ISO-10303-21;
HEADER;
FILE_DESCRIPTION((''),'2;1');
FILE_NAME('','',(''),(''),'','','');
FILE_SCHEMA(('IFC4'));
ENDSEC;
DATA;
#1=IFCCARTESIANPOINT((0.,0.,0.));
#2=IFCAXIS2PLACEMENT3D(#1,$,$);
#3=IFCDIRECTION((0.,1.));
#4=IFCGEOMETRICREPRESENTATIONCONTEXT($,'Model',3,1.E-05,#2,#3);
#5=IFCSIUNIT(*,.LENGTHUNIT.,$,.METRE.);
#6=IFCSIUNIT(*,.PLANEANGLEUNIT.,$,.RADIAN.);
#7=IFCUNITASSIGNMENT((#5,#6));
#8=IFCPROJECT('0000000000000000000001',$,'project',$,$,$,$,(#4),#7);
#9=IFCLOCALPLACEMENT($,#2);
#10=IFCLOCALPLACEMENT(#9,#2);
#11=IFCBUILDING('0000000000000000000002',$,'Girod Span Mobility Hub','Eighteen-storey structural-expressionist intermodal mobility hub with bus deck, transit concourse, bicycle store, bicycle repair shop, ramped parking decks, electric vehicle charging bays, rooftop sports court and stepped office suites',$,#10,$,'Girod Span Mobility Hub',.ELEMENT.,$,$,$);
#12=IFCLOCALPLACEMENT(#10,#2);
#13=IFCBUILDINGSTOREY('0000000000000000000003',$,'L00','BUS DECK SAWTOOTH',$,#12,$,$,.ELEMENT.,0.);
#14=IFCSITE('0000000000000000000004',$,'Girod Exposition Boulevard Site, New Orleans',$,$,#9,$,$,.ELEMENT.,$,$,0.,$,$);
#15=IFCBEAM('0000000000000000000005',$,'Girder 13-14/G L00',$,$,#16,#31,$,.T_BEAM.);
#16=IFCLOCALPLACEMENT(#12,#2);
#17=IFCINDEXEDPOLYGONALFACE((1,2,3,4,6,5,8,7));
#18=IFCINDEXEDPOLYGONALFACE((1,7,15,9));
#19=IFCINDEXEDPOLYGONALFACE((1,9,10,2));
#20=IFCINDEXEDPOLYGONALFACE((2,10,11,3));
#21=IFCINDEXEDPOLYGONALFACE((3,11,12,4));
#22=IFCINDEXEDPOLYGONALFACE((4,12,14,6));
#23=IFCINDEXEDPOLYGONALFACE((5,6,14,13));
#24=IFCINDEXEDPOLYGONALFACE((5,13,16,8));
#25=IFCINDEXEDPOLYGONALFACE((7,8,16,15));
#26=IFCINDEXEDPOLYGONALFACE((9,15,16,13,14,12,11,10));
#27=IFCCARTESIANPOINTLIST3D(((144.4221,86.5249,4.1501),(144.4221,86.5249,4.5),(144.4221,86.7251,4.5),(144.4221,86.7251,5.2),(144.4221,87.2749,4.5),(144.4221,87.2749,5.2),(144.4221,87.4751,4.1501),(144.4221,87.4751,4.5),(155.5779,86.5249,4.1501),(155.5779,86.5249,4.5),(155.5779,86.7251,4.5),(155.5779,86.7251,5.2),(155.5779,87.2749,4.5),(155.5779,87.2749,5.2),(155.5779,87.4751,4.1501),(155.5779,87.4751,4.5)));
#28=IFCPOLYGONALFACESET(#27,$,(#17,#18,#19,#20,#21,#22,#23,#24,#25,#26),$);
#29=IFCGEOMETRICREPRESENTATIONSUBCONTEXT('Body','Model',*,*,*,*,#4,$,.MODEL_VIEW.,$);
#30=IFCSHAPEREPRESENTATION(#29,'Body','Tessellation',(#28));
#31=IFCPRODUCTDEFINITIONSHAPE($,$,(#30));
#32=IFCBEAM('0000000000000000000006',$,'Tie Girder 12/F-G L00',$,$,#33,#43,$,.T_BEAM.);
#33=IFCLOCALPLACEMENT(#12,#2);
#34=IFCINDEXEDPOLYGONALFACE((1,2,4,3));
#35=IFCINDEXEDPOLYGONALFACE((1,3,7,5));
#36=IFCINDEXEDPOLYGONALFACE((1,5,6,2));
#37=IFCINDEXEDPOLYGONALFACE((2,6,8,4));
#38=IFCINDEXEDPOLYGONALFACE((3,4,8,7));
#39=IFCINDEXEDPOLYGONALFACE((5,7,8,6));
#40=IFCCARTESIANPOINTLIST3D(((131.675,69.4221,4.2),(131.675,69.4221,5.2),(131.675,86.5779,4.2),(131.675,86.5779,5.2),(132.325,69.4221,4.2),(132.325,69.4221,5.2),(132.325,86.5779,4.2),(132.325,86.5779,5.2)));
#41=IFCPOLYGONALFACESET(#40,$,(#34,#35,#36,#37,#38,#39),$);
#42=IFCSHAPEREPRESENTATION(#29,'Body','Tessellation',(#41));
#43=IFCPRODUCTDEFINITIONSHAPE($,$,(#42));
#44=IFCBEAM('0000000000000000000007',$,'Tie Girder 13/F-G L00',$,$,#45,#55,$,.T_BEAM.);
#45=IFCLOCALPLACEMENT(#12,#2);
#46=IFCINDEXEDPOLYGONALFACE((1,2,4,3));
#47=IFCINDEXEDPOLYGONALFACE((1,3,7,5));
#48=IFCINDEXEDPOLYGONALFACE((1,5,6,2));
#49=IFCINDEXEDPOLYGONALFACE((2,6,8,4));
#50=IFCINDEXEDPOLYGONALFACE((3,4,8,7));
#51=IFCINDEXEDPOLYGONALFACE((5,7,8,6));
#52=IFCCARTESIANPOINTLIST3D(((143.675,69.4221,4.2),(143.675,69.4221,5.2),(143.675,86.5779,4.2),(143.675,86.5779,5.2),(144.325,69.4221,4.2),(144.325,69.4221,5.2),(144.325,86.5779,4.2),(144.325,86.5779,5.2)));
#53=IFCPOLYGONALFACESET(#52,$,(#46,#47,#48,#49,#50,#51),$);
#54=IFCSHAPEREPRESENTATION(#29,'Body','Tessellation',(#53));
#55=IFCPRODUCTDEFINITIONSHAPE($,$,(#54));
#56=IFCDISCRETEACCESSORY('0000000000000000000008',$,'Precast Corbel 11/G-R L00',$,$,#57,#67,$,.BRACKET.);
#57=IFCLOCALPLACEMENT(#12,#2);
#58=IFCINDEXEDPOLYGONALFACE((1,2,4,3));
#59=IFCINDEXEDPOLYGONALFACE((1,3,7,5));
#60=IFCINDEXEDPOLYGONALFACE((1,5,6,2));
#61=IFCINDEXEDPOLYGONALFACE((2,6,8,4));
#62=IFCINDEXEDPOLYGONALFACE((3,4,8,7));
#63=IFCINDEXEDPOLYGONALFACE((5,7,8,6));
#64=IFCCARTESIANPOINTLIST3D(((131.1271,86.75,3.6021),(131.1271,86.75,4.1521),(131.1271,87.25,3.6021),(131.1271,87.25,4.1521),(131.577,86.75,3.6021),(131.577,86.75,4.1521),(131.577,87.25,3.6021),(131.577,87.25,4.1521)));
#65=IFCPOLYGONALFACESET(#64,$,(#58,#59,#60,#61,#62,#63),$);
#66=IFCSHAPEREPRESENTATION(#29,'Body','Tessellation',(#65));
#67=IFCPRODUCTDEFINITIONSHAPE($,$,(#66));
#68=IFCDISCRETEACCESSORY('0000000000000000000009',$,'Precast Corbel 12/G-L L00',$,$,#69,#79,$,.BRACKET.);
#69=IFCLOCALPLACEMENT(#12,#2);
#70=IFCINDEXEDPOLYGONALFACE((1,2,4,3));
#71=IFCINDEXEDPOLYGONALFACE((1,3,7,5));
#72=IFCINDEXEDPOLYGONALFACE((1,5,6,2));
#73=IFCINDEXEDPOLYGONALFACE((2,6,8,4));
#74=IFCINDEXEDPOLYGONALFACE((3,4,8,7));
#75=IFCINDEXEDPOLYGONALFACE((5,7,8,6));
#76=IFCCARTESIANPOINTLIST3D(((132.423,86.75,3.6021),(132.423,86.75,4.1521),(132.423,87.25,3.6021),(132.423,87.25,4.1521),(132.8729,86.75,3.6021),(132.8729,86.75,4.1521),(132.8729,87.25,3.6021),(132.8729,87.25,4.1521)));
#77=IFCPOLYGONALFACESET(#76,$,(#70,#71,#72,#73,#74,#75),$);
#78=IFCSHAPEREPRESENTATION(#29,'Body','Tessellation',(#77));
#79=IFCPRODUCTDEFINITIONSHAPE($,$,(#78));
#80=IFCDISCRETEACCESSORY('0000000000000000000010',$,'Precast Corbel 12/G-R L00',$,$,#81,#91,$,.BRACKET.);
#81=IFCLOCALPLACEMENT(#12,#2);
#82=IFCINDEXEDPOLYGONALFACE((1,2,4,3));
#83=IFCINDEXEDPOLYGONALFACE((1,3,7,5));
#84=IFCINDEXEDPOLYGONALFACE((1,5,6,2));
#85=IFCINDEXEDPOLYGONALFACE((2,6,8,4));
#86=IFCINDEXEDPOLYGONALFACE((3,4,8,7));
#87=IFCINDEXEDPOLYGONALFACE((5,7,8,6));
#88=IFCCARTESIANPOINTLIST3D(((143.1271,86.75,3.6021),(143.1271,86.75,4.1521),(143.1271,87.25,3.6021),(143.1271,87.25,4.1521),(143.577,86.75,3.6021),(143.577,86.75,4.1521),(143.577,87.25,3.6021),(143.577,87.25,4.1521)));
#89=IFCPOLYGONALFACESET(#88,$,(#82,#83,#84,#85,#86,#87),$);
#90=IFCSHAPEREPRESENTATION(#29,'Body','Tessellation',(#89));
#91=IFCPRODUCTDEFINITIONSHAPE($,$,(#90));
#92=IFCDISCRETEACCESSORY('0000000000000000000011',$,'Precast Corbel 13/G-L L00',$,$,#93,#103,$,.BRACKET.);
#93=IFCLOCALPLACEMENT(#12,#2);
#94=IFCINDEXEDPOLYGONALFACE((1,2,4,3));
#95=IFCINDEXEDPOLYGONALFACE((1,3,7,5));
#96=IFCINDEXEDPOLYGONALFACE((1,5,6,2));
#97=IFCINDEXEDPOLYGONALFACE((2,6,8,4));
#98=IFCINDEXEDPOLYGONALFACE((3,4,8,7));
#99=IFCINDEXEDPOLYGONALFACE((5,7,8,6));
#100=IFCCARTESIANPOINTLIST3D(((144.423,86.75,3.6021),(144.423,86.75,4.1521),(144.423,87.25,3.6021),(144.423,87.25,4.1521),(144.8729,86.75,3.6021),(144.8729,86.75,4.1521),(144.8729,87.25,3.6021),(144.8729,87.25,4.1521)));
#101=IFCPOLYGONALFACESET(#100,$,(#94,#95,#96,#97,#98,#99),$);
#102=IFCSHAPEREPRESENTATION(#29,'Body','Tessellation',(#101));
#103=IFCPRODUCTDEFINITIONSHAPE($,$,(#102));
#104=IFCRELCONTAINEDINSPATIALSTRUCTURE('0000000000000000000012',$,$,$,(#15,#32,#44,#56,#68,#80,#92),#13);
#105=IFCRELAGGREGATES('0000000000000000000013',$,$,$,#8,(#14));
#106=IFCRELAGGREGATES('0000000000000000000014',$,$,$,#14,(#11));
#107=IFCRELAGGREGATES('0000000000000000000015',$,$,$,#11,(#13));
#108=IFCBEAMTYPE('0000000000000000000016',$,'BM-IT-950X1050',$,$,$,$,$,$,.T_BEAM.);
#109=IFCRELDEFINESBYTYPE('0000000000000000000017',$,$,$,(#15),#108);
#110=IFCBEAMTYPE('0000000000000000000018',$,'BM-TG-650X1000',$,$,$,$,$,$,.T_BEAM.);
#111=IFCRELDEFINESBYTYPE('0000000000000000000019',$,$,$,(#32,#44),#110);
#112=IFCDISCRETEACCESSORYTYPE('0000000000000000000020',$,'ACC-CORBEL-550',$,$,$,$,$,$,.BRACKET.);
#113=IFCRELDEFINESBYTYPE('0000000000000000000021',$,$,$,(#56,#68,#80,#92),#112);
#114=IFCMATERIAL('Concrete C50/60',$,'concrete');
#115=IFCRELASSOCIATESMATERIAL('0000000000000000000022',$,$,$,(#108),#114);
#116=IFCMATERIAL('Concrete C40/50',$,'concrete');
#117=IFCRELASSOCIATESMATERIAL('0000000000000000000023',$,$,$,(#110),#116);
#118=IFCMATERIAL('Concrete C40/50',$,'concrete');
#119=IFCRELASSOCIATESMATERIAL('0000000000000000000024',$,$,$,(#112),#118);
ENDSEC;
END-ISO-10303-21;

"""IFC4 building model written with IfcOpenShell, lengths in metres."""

from ifc_helpers import new_model, si_unit, direction, frame, origin, origin_2d, place, context, subcontext, project, spatial, polyline, rectangle, outline, extrude, material, material_profile, profile_set, type_object, element, save


model = new_model("IFC4")

# Units and contexts
model_context = context("Model", 3, precision=1e-05, world=origin(), true_north=direction((0.0, 1.0)))
body_context = subcontext(model_context, "Body", "Model", "MODEL_VIEW")
ifc_project = project(units=[si_unit("LENGTHUNIT", "METRE"), si_unit("PLANEANGLEUNIT", "RADIAN")], contexts=[model_context])

# Site, building, storey
site_placement = place(None, origin())
site = spatial("IfcSite", under=ifc_project, at=site_placement, Name="Girod Exposition Boulevard Site, New Orleans", CompositionType="ELEMENT", RefElevation=0.0)
building_placement = place(site_placement, origin())
building = spatial("IfcBuilding", under=site, at=building_placement, Name="Girod Span Mobility Hub", Description="Eighteen-storey structural-expressionist intermodal mobility hub with bus deck, transit concourse, bicycle store, bicycle repair shop, ramped parking decks, electric vehicle charging bays, rooftop sports court and stepped office suites", LongName="Girod Span Mobility Hub", CompositionType="ELEMENT")
storey_placement = place(building_placement, origin())
storey = spatial("IfcBuildingStorey", under=building, at=storey_placement, Name="L00", Description="BUS DECK SAWTOOTH", CompositionType="ELEMENT", Elevation=0.0)

# Beams
ifc_material_1 = material(Name="Concrete C50/60", Category="concrete")
ifc_material_profile_1 = material_profile(ifc_material_1, outline(polyline([(-0.4751, -0.5249), (0.4751, -0.5249), (0.4751, -0.175), (0.2749, -0.175), (0.2749, 0.5249), (-0.2749, 0.5249), (-0.2749, -0.175), (-0.4751, -0.175), (-0.4751, -0.5249)])), Name="IT-950X1050")
ifc_profile_set_1 = profile_set([ifc_material_profile_1], Name="Concrete C50/60")
beam_type_1 = type_object("IfcBeamType", Name="BM-IT-950X1050", PredefinedType="T_BEAM", material=ifc_profile_set_1)
for number, where, z_axis, x_axis, name in (
    (1, (144.4221, 87.0, 4.675), (1.0, 0.0, 0.0), (0.0, 1.0, 0.0), "Girder 13-14/G L00"),
):
    element("IfcBeam", number, at=place(storey_placement, frame(where, z_axis=z_axis, x_axis=x_axis)), inside=storey, type_object=beam_type_1, Name=name, PredefinedType="T_BEAM", context=body_context, shape_type="SweptSolid", body=[
        extrude(outline(polyline([(-0.4751, -0.5249), (0.4751, -0.5249), (0.4751, -0.175), (0.2749, -0.175), (0.2749, 0.5249), (-0.2749, 0.5249), (-0.2749, -0.175), (-0.4751, -0.175), (-0.4751, -0.5249)])), origin(), (0.0, 0.0, 1.0), 11.1558),
    ])
ifc_material_2 = material(Name="Concrete C40/50", Category="concrete")
ifc_material_profile_2 = material_profile(ifc_material_2, rectangle(XDim=0.6499, YDim=1.0, at=origin_2d()), Name="TG-650X1000")
ifc_profile_set_2 = profile_set([ifc_material_profile_2], Name="Concrete C40/50")
beam_type_2 = type_object("IfcBeamType", Name="BM-TG-650X1000", PredefinedType="T_BEAM", material=ifc_profile_set_2)
for number, where, z_axis, x_axis, name in (
    (2, (132.0, 69.4221, 4.7), (0.0, 1.0, 0.0), (-1.0, 0.0, 0.0), "Tie Girder 12/F-G L00"),
    (3, (144.0, 69.4221, 4.7), (0.0, 1.0, 0.0), (-1.0, 0.0, 0.0), "Tie Girder 13/F-G L00"),
):
    element("IfcBeam", number, at=place(storey_placement, frame(where, z_axis=z_axis, x_axis=x_axis)), inside=storey, type_object=beam_type_2, Name=name, PredefinedType="T_BEAM", context=body_context, shape_type="SweptSolid", body=[
        extrude(rectangle(XDim=0.6499, YDim=1.0, at=origin_2d()), origin(), (0.0, 0.0, 1.0), 17.1558),
    ])

# Discrete accessories
ifc_material_3 = material(Name="Concrete C40/50", Category="concrete")
discrete_accessory_type = type_object("IfcDiscreteAccessoryType", Name="ACC-CORBEL-550", PredefinedType="BRACKET", material=ifc_material_3)
for number, where, z_axis, x_axis, name in (
    (4, (131.3521, 87.0, 3.6021), (0.0, 0.0, 1.0), (1.0, 0.0, 0.0), "Precast Corbel 11/G-R L00"),
    (5, (132.6479, 87.0, 3.6021), (0.0, 0.0, 1.0), (1.0, 0.0, 0.0), "Precast Corbel 12/G-L L00"),
    (6, (143.3521, 87.0, 3.6021), (0.0, 0.0, 1.0), (1.0, 0.0, 0.0), "Precast Corbel 12/G-R L00"),
    (7, (144.6479, 87.0, 3.6021), (0.0, 0.0, 1.0), (1.0, 0.0, 0.0), "Precast Corbel 13/G-L L00"),
):
    element("IfcDiscreteAccessory", number, at=place(storey_placement, frame(where, z_axis=z_axis, x_axis=x_axis)), inside=storey, type_object=discrete_accessory_type, Name=name, PredefinedType="BRACKET", context=body_context, shape_type="SweptSolid", body=[
        extrude(rectangle(XDim=0.45, YDim=0.5, at=origin_2d()), origin(), (0.0, 0.0, 1.0), 0.55),
    ])

save(model, "model.ifc")
